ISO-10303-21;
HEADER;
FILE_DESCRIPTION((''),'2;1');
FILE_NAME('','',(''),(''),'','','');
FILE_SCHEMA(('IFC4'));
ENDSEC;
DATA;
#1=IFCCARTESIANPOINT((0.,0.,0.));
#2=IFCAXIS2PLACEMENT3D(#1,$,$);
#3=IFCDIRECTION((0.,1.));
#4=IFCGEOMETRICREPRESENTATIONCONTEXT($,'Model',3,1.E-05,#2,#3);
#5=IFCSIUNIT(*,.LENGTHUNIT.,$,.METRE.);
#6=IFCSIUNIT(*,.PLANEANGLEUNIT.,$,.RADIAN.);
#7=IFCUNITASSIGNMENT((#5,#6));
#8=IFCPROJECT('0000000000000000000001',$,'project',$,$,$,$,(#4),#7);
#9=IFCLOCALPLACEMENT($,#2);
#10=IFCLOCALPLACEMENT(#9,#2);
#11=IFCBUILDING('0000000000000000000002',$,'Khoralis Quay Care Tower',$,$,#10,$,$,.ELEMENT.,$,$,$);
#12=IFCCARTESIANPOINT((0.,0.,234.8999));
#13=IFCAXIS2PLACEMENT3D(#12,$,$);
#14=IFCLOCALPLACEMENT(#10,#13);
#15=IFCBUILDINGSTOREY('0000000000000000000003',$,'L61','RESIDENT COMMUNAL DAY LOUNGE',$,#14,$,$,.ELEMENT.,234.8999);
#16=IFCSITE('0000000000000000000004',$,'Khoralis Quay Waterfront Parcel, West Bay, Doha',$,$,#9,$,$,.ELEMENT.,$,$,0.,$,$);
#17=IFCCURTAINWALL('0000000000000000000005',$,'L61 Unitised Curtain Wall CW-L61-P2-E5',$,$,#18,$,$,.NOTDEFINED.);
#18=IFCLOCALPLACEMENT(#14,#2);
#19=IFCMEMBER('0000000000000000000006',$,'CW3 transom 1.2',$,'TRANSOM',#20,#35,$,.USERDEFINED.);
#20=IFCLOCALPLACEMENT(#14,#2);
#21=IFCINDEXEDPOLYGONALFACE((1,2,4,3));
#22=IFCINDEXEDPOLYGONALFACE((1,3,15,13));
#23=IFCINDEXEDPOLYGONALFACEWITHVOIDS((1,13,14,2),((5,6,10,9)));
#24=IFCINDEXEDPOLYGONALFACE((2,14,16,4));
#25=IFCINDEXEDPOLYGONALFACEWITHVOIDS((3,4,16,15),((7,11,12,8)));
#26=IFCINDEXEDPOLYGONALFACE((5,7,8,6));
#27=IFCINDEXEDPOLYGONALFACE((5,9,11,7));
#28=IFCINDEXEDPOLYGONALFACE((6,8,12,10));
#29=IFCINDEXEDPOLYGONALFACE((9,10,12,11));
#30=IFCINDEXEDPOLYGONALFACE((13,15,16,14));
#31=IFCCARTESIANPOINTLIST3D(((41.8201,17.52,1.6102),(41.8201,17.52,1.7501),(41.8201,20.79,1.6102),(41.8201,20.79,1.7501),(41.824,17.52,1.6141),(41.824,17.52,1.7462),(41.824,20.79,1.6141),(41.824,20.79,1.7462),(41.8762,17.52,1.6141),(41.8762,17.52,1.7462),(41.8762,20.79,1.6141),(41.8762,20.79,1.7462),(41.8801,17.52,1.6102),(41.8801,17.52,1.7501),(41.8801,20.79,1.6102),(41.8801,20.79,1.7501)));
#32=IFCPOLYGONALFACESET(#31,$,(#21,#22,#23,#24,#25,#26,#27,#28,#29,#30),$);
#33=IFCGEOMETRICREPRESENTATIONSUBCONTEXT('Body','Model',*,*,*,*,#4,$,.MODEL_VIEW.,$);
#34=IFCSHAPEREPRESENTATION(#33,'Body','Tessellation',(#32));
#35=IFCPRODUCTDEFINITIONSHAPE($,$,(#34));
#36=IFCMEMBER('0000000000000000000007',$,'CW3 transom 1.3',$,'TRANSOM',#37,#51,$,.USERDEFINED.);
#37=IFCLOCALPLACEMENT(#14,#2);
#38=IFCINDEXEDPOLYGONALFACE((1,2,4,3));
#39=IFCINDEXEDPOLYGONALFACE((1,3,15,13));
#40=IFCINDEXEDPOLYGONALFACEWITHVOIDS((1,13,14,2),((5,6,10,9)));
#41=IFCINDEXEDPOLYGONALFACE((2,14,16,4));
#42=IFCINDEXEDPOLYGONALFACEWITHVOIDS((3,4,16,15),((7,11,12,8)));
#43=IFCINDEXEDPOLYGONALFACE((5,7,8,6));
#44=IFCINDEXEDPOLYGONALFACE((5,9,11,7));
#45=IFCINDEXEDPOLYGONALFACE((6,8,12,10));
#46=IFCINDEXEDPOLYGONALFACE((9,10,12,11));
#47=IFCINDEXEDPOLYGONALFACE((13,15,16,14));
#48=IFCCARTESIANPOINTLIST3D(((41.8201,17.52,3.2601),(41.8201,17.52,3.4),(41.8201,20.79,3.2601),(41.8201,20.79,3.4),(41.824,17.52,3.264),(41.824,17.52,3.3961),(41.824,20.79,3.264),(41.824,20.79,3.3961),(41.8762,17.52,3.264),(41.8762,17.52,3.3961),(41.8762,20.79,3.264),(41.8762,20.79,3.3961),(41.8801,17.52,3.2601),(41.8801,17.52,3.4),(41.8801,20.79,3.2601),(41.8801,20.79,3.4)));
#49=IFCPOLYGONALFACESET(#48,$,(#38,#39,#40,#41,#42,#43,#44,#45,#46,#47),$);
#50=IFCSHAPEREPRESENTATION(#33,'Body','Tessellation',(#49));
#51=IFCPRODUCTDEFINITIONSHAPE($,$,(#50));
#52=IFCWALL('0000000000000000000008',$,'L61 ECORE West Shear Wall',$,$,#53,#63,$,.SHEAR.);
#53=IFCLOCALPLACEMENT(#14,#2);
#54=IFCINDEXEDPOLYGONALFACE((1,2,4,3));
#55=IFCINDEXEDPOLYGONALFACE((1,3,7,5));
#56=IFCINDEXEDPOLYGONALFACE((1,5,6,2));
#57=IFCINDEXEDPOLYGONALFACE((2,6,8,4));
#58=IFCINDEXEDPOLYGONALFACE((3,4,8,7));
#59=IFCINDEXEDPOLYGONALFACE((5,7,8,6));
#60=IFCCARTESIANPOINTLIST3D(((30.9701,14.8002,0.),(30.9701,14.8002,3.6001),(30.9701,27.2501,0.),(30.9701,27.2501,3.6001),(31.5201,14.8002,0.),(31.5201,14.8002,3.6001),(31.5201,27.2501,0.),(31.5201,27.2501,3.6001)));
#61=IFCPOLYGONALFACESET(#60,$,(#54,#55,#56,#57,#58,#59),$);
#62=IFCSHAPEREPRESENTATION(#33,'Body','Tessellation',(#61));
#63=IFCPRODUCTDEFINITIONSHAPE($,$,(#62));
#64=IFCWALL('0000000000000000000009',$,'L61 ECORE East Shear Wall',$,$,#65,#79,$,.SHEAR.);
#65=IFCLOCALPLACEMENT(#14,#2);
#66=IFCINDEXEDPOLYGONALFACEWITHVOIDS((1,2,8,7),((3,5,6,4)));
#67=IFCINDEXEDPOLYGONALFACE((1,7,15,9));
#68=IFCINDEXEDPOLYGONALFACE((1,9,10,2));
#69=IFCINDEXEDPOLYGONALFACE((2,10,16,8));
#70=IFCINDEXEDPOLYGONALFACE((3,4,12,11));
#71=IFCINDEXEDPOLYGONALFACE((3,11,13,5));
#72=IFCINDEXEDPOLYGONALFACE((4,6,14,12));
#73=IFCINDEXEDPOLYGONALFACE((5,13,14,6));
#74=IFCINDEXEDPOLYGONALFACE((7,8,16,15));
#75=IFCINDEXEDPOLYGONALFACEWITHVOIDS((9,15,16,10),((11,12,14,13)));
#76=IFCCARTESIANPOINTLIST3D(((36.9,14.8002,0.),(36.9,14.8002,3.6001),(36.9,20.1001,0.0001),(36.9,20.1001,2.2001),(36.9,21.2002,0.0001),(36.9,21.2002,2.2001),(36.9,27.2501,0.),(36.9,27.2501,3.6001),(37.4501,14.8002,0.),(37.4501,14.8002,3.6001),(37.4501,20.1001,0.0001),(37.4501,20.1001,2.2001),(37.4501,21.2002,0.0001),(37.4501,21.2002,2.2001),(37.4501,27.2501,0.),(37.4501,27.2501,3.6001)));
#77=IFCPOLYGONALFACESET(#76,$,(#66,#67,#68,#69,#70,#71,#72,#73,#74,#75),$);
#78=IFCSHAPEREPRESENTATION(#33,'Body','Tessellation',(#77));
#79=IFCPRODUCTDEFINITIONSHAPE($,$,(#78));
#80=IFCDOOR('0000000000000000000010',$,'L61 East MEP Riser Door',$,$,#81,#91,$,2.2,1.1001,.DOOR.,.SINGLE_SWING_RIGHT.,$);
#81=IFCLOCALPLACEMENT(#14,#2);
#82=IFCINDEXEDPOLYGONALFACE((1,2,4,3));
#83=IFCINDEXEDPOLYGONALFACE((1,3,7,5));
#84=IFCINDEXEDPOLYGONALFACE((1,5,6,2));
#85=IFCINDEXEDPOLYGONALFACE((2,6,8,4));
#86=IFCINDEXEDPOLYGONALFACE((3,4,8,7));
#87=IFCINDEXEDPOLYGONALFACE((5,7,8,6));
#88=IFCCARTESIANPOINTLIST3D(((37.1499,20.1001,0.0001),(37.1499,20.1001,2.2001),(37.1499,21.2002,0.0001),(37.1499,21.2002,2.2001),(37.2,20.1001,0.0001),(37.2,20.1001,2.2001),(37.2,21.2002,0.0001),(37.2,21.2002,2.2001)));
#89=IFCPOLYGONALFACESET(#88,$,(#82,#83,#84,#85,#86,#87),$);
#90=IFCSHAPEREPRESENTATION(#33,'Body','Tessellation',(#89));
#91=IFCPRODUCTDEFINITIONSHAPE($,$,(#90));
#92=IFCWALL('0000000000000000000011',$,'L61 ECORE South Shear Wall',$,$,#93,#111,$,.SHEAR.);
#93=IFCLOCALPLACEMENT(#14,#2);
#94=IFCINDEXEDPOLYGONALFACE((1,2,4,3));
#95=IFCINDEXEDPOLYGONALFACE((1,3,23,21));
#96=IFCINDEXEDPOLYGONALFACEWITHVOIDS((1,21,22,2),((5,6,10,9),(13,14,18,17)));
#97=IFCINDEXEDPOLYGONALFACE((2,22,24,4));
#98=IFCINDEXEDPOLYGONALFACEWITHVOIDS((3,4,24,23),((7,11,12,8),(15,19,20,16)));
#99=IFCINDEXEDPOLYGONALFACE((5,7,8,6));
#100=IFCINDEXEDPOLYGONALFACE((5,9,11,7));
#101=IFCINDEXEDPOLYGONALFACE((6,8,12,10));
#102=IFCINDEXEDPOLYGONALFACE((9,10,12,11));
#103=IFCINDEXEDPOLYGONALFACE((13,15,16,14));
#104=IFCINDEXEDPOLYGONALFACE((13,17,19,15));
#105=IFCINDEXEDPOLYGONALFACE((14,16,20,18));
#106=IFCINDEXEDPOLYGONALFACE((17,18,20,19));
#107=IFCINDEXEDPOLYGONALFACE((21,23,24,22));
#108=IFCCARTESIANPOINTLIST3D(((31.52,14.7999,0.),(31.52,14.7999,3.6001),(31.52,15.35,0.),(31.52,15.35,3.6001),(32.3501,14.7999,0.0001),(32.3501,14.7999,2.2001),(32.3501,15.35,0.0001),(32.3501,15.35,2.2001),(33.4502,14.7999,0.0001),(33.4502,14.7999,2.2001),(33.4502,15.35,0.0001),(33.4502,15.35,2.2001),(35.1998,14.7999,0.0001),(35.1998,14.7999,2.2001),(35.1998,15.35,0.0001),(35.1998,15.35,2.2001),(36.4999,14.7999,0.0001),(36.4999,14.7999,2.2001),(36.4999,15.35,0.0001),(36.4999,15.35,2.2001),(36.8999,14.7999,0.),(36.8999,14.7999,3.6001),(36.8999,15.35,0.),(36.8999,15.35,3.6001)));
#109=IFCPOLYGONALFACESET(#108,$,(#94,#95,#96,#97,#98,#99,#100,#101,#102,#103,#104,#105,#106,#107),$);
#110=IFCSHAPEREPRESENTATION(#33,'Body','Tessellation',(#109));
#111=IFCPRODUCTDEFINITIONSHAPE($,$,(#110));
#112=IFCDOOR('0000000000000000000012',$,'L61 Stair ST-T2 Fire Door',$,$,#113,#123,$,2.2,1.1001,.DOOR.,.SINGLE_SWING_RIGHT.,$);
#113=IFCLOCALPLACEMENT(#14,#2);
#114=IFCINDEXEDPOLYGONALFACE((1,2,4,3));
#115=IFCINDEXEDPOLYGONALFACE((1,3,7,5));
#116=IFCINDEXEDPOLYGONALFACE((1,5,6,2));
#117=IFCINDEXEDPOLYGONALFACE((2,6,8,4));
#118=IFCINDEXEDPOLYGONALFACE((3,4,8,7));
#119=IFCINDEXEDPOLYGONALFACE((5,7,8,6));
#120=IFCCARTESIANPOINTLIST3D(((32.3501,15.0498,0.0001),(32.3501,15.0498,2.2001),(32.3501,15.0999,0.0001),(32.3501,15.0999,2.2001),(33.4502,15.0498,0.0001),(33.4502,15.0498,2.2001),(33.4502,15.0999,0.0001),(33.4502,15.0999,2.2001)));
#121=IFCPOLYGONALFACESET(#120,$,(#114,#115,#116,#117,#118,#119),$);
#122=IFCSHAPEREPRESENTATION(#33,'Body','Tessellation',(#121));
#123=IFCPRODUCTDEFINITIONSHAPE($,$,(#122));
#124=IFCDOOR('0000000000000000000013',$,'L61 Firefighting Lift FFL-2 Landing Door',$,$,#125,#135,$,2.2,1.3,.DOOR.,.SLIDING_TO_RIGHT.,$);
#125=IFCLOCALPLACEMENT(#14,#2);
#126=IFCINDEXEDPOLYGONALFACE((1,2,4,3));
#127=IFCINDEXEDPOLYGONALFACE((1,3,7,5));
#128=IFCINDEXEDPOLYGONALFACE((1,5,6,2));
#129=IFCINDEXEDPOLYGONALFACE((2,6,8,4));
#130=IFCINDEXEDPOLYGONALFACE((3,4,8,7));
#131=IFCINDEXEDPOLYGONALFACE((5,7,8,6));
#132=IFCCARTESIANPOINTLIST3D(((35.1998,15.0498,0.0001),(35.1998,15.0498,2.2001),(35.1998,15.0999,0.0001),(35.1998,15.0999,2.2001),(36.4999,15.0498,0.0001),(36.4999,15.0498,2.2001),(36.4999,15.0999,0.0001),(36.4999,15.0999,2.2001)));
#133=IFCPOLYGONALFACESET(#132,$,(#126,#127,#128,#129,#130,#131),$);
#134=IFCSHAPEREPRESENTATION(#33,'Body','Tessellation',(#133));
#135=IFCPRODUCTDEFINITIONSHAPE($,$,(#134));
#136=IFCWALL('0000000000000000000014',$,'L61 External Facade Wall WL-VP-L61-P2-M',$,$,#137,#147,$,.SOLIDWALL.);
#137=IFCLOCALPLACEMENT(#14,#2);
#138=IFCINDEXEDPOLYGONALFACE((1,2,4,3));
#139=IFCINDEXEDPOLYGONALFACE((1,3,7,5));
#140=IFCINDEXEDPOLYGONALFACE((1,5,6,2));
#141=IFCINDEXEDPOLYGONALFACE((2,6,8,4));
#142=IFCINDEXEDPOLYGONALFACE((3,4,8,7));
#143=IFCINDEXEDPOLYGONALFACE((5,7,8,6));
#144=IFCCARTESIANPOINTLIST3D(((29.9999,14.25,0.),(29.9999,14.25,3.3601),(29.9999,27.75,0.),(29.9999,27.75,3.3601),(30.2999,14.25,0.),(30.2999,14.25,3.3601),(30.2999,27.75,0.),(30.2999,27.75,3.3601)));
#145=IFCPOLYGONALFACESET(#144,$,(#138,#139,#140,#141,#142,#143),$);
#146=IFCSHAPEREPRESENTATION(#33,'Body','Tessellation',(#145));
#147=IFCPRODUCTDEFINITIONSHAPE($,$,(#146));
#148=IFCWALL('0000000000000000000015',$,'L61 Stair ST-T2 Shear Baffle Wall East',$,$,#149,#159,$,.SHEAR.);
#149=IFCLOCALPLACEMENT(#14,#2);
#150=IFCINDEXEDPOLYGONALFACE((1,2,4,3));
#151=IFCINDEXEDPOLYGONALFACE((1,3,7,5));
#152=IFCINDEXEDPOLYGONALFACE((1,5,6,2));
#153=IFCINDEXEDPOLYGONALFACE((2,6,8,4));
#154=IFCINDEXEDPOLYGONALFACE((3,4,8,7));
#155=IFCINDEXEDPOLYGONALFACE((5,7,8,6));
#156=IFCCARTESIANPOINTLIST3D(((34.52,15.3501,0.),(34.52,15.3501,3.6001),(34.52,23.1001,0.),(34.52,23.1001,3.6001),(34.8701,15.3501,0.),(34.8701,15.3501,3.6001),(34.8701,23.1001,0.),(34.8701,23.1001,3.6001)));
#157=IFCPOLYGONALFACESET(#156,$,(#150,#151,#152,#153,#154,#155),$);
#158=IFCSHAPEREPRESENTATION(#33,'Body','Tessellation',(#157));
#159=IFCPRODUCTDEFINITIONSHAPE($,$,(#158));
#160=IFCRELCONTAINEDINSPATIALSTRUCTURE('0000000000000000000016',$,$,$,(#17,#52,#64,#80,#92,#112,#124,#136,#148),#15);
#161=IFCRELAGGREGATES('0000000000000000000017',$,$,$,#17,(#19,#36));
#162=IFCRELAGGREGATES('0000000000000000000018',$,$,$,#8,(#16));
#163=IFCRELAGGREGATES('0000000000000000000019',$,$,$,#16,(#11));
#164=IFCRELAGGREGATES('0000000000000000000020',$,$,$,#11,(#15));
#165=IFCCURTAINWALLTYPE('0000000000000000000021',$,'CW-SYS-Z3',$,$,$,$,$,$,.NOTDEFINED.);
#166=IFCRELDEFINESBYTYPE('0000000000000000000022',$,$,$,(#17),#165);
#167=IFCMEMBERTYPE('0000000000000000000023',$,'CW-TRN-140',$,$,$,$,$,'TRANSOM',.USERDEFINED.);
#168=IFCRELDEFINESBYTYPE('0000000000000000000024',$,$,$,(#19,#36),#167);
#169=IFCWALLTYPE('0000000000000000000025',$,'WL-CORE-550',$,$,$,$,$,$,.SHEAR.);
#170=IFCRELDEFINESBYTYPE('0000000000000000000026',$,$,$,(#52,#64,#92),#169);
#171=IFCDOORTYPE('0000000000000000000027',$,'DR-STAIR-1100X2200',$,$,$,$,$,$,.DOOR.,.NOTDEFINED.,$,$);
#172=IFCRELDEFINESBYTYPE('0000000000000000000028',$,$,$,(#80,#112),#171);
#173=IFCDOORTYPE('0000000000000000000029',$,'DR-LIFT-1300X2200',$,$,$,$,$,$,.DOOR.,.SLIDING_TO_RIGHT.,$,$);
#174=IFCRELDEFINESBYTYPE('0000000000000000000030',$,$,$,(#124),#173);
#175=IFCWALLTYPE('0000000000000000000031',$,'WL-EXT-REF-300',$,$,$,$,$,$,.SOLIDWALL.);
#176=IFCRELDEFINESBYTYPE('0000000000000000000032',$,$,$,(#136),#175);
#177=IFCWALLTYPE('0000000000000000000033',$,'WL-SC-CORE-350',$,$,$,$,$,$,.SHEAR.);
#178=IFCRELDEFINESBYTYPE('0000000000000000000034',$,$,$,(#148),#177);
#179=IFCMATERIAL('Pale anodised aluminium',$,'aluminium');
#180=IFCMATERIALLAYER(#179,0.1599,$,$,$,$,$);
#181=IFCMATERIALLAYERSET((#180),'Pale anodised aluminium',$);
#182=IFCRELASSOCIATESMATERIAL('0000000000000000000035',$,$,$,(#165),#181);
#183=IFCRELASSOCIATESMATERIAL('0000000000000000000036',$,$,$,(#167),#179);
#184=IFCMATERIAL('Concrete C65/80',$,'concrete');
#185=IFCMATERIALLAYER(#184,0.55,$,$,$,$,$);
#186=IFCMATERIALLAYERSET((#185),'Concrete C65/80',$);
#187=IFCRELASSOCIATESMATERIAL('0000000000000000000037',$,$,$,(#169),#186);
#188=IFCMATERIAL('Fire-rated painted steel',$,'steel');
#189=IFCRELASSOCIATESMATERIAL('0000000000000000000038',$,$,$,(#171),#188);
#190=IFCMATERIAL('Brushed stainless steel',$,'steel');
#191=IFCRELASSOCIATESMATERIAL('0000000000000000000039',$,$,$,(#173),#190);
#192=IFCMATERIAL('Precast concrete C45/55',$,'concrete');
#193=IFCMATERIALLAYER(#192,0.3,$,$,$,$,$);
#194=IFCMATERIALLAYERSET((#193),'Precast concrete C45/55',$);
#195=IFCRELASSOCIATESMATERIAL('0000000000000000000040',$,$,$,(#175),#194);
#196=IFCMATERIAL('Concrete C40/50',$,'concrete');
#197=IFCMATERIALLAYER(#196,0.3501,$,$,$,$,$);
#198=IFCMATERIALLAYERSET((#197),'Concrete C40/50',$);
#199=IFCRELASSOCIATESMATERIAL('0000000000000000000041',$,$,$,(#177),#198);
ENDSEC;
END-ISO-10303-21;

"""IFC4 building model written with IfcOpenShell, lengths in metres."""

from ifc_helpers import new_model, si_unit, direction, frame, frame_2d, origin, origin_2d, place, context, subcontext, project, spatial, rectangle, hollow_rectangle, extrude, source, transform, mapped, material, layer, layer_set, material_profile, profile_set, type_object, element, fill, aggregate, save


model = new_model("IFC4")

# Units and contexts
model_context = context("Model", 3, precision=1e-05, world=origin(), true_north=direction((0.0, 1.0)))
body_context = subcontext(model_context, "Body", "Model", "MODEL_VIEW")
ifc_project = project(units=[si_unit("LENGTHUNIT", "METRE"), si_unit("PLANEANGLEUNIT", "RADIAN")], contexts=[model_context])

# Site, building, storey
site_placement = place(None, origin())
site = spatial("IfcSite", under=ifc_project, at=site_placement, Name="Khoralis Quay Waterfront Parcel, West Bay, Doha", CompositionType="ELEMENT", RefElevation=0.0)
building_placement = place(site_placement, origin())
building = spatial("IfcBuilding", under=site, at=building_placement, Name="Khoralis Quay Care Tower", CompositionType="ELEMENT")
storey_placement = place(building_placement, frame((0.0, 0.0, 234.8999)))
storey = spatial("IfcBuildingStorey", under=building, at=storey_placement, Name="L61", Description="RESIDENT COMMUNAL DAY LOUNGE", CompositionType="ELEMENT", Elevation=234.8999)

# Shared definitions
ifc_material_1 = material(Name="Pale anodised aluminium", Category="aluminium")

# Curtain wall, members
ifc_layer_1 = layer(ifc_material_1, 0.1599)
ifc_layer_set_1 = layer_set([ifc_layer_1], Name="Pale anodised aluminium")
curtain_wall_type_1 = type_object("IfcCurtainWallType", Name="CW-SYS-Z3", PredefinedType="NOTDEFINED", material=ifc_layer_set_1)
curtain_wall_1_placement = place(storey_placement, origin())
curtain_wall_1 = element("IfcCurtainWall", 1, at=curtain_wall_1_placement, inside=storey, type_object=curtain_wall_type_1, Name="L61 Unitised Curtain Wall CW-L61-P2-E5", PredefinedType="NOTDEFINED")
ifc_material_profile_1 = material_profile(ifc_material_1, hollow_rectangle(XDim=0.0601, YDim=0.1399, WallThickness=0.0039, at=origin_2d()), Name="Pale anodised aluminium")
ifc_profile_set_1 = profile_set([ifc_material_profile_1], Name="Pale anodised aluminium")
member_type_1 = type_object("IfcMemberType", Name="CW-TRN-140", ElementType="TRANSOM", PredefinedType="USERDEFINED", material=ifc_profile_set_1)
shared_shape_1 = source(origin(), body_context, "Body", "SweptSolid", [
    extrude(hollow_rectangle(XDim=0.0601, YDim=0.1399, WallThickness=0.0039, at=origin_2d()), origin(), (0.0, 0.0, 1.0), 3.27),
])
member_1_placement = place(storey_placement, frame((41.8501, 17.52, 1.6802), z_axis=(0.0, 1.0, 0.0), x_axis=(-1.0, 0.0, 0.0)))
member_1 = element("IfcMember", 2, at=member_1_placement, type_object=member_type_1, Name="CW3 transom 1.2", ObjectType="TRANSOM", PredefinedType="USERDEFINED", context=body_context, shape_type="MappedRepresentation", body=[
    mapped(shared_shape_1, transform((0.0, 0.0, 0.0), scale=1.0)),
])
member_2_placement = place(storey_placement, frame((41.8501, 17.52, 3.3301), z_axis=(0.0, 1.0, 0.0), x_axis=(-1.0, 0.0, 0.0)))
member_2 = element("IfcMember", 3, at=member_2_placement, type_object=member_type_1, Name="CW3 transom 1.3", ObjectType="TRANSOM", PredefinedType="USERDEFINED", context=body_context, shape_type="MappedRepresentation", body=[
    mapped(shared_shape_1, transform((0.0, 0.0, 0.0), scale=1.0)),
])
aggregate(curtain_wall_1, [member_1, member_2])

# Wall
ifc_material_2 = material(Name="Concrete C65/80", Category="concrete")
ifc_layer_2 = layer(ifc_material_2, 0.55)
ifc_layer_set_2 = layer_set([ifc_layer_2], Name="Concrete C65/80")
wall_type_1 = type_object("IfcWallType", Name="WL-CORE-550", PredefinedType="SHEAR", material=ifc_layer_set_2)
wall_1_placement = place(storey_placement, frame((31.2451, 14.8, 0.0), z_axis=(0.0, 0.0, 1.0), x_axis=(0.0, 1.0, 0.0)))
element("IfcWall", 4, at=wall_1_placement, inside=storey, type_object=wall_type_1, Name="L61 ECORE West Shear Wall", PredefinedType="SHEAR", context=body_context, shape_type="SweptSolid", body=[
    extrude(rectangle(XDim=12.45, YDim=0.55, at=frame_2d((6.2251, 0.0))), origin(), (0.0, 0.0, 1.0), 3.6001),
])

# Wall, opening, door
wall_2_placement = place(storey_placement, frame((37.175, 14.8, 0.0), z_axis=(0.0, 0.0, 1.0), x_axis=(0.0, 1.0, 0.0)))
wall_2 = element("IfcWall", 5, at=wall_2_placement, inside=storey, type_object=wall_type_1, Name="L61 ECORE East Shear Wall", PredefinedType="SHEAR", context=body_context, shape_type="SweptSolid", body=[
    extrude(rectangle(XDim=12.45, YDim=0.55, at=frame_2d((6.2251, 0.0))), origin(), (0.0, 0.0, 1.0), 3.6001),
])
opening_1_placement = place(wall_2_placement, frame((5.3, 0.0, 0.0)))
opening_1 = element("IfcOpeningElement", 6, at=opening_1_placement, cuts=wall_2, PredefinedType="OPENING", context=body_context, shape_type="SweptSolid", body=[
    extrude(rectangle(XDim=1.1001, YDim=2.2, at=frame_2d((0.55, 1.1001))), frame((0.0, 0.2852, 0.0), z_axis=(0.0, -1.0, 0.0), x_axis=(1.0, 0.0, 0.0)), (0.0, 0.0, 1.0), 0.5701),
])
ifc_material_3 = material(Name="Fire-rated painted steel", Category="steel")
door_type_1 = type_object("IfcDoorType", Name="DR-STAIR-1100X2200", OperationType="NOTDEFINED", PredefinedType="DOOR", material=ifc_material_3)
shared_shape_2 = source(origin(), body_context, "Body", "SweptSolid", [
    extrude(rectangle(XDim=1.1001, YDim=2.2, at=frame_2d((0.55, 1.1001))), frame((0.0, 0.0249, 0.0), z_axis=(0.0, -1.0, 0.0), x_axis=(1.0, 0.0, 0.0)), (0.0, 0.0, 1.0), 0.05),
])
door_1_placement = place(opening_1_placement, frame((1.1001, 0.0, 0.0), z_axis=(0.0, 0.0, 1.0), x_axis=(-1.0, 0.0, 0.0)))
door_1 = element("IfcDoor", 7, at=door_1_placement, inside=storey, type_object=door_type_1, Name="L61 East MEP Riser Door", OperationType="SINGLE_SWING_RIGHT", OverallHeight=2.2, OverallWidth=1.1001, PredefinedType="DOOR", context=body_context, shape_type="MappedRepresentation", body=[
    mapped(shared_shape_2, transform((0.0, 0.0, 0.0), scale=1.0)),
])
fill(opening_1, door_1)

# Wall, openings, doors
wall_3_placement = place(storey_placement, frame((31.52, 15.075, 0.0), z_axis=(0.0, 0.0, 1.0), x_axis=(1.0, 0.0, 0.0)))
wall_3 = element("IfcWall", 8, at=wall_3_placement, inside=storey, type_object=wall_type_1, Name="L61 ECORE South Shear Wall", PredefinedType="SHEAR", context=body_context, shape_type="SweptSolid", body=[
    extrude(rectangle(XDim=5.3799, YDim=0.55, at=frame_2d((2.6899, 0.0))), origin(), (0.0, 0.0, 1.0), 3.6001),
])
opening_2_placement = place(wall_3_placement, frame((0.8301, 0.0, 0.0)))
opening_2 = element("IfcOpeningElement", 9, at=opening_2_placement, cuts=wall_3, PredefinedType="OPENING", context=body_context, shape_type="SweptSolid", body=[
    extrude(rectangle(XDim=1.1001, YDim=2.2, at=frame_2d((0.55, 1.1001))), frame((0.0, 0.2852, 0.0), z_axis=(0.0, -1.0, 0.0), x_axis=(1.0, 0.0, 0.0)), (0.0, 0.0, 1.0), 0.5701),
])
opening_3_placement = place(wall_3_placement, frame((3.6799, 0.0, 0.0)))
opening_3 = element("IfcOpeningElement", 10, at=opening_3_placement, cuts=wall_3, PredefinedType="OPENING", context=body_context, shape_type="SweptSolid", body=[
    extrude(rectangle(XDim=1.3, YDim=2.2, at=frame_2d((0.6499, 1.1001))), frame((0.0, 0.2852, 0.0), z_axis=(0.0, -1.0, 0.0), x_axis=(1.0, 0.0, 0.0)), (0.0, 0.0, 1.0), 0.5701),
])
door_2_placement = place(opening_2_placement, origin())
door_2 = element("IfcDoor", 11, at=door_2_placement, inside=storey, type_object=door_type_1, Name="L61 Stair ST-T2 Fire Door", OperationType="SINGLE_SWING_RIGHT", OverallHeight=2.2, OverallWidth=1.1001, PredefinedType="DOOR", context=body_context, shape_type="MappedRepresentation", body=[
    mapped(shared_shape_2, transform((0.0, 0.0, 0.0), scale=1.0)),
])
fill(opening_2, door_2)
ifc_material_4 = material(Name="Brushed stainless steel", Category="steel")
door_type_2 = type_object("IfcDoorType", Name="DR-LIFT-1300X2200", OperationType="SLIDING_TO_RIGHT", PredefinedType="DOOR", material=ifc_material_4)
shared_shape_3 = source(origin(), body_context, "Body", "SweptSolid", [
    extrude(rectangle(XDim=1.3, YDim=2.2, at=frame_2d((0.6499, 1.1001))), frame((0.0, 0.0249, 0.0), z_axis=(0.0, -1.0, 0.0), x_axis=(1.0, 0.0, 0.0)), (0.0, 0.0, 1.0), 0.05),
])
door_3_placement = place(opening_3_placement, origin())
door_3 = element("IfcDoor", 12, at=door_3_placement, inside=storey, type_object=door_type_2, Name="L61 Firefighting Lift FFL-2 Landing Door", OperationType="SLIDING_TO_RIGHT", OverallHeight=2.2, OverallWidth=1.3, PredefinedType="DOOR", context=body_context, shape_type="MappedRepresentation", body=[
    mapped(shared_shape_3, transform((0.0, 0.0, 0.0), scale=1.0)),
])
fill(opening_3, door_3)

# Walls
ifc_material_5 = material(Name="Precast concrete C45/55", Category="concrete")
ifc_layer_3 = layer(ifc_material_5, 0.3)
ifc_layer_set_3 = layer_set([ifc_layer_3], Name="Precast concrete C45/55")
wall_type_2 = type_object("IfcWallType", Name="WL-EXT-REF-300", PredefinedType="SOLIDWALL", material=ifc_layer_set_3)
wall_4_placement = place(storey_placement, frame((30.1499, 14.25, 0.0), z_axis=(0.0, 0.0, 1.0), x_axis=(0.0, 1.0, 0.0)))
element("IfcWall", 13, at=wall_4_placement, inside=storey, type_object=wall_type_2, Name="L61 External Facade Wall WL-VP-L61-P2-M", PredefinedType="SOLIDWALL", context=body_context, shape_type="SweptSolid", body=[
    extrude(rectangle(XDim=13.5, YDim=0.3, at=frame_2d((6.75, 0.0))), origin(), (0.0, 0.0, 1.0), 3.3601),
])
ifc_material_6 = material(Name="Concrete C40/50", Category="concrete")
ifc_layer_4 = layer(ifc_material_6, 0.3501)
ifc_layer_set_4 = layer_set([ifc_layer_4], Name="Concrete C40/50")
wall_type_3 = type_object("IfcWallType", Name="WL-SC-CORE-350", PredefinedType="SHEAR", material=ifc_layer_set_4)
wall_5_placement = place(storey_placement, frame((34.6951, 15.3501, 0.0), z_axis=(0.0, 0.0, 1.0), x_axis=(0.0, 1.0, 0.0)))
element("IfcWall", 14, at=wall_5_placement, inside=storey, type_object=wall_type_3, Name="L61 Stair ST-T2 Shear Baffle Wall East", PredefinedType="SHEAR", context=body_context, shape_type="SweptSolid", body=[
    extrude(rectangle(XDim=7.75, YDim=0.3501, at=frame_2d((3.875, 0.0))), origin(), (0.0, 0.0, 1.0), 3.6001),
])

save(model, "model.ifc")
